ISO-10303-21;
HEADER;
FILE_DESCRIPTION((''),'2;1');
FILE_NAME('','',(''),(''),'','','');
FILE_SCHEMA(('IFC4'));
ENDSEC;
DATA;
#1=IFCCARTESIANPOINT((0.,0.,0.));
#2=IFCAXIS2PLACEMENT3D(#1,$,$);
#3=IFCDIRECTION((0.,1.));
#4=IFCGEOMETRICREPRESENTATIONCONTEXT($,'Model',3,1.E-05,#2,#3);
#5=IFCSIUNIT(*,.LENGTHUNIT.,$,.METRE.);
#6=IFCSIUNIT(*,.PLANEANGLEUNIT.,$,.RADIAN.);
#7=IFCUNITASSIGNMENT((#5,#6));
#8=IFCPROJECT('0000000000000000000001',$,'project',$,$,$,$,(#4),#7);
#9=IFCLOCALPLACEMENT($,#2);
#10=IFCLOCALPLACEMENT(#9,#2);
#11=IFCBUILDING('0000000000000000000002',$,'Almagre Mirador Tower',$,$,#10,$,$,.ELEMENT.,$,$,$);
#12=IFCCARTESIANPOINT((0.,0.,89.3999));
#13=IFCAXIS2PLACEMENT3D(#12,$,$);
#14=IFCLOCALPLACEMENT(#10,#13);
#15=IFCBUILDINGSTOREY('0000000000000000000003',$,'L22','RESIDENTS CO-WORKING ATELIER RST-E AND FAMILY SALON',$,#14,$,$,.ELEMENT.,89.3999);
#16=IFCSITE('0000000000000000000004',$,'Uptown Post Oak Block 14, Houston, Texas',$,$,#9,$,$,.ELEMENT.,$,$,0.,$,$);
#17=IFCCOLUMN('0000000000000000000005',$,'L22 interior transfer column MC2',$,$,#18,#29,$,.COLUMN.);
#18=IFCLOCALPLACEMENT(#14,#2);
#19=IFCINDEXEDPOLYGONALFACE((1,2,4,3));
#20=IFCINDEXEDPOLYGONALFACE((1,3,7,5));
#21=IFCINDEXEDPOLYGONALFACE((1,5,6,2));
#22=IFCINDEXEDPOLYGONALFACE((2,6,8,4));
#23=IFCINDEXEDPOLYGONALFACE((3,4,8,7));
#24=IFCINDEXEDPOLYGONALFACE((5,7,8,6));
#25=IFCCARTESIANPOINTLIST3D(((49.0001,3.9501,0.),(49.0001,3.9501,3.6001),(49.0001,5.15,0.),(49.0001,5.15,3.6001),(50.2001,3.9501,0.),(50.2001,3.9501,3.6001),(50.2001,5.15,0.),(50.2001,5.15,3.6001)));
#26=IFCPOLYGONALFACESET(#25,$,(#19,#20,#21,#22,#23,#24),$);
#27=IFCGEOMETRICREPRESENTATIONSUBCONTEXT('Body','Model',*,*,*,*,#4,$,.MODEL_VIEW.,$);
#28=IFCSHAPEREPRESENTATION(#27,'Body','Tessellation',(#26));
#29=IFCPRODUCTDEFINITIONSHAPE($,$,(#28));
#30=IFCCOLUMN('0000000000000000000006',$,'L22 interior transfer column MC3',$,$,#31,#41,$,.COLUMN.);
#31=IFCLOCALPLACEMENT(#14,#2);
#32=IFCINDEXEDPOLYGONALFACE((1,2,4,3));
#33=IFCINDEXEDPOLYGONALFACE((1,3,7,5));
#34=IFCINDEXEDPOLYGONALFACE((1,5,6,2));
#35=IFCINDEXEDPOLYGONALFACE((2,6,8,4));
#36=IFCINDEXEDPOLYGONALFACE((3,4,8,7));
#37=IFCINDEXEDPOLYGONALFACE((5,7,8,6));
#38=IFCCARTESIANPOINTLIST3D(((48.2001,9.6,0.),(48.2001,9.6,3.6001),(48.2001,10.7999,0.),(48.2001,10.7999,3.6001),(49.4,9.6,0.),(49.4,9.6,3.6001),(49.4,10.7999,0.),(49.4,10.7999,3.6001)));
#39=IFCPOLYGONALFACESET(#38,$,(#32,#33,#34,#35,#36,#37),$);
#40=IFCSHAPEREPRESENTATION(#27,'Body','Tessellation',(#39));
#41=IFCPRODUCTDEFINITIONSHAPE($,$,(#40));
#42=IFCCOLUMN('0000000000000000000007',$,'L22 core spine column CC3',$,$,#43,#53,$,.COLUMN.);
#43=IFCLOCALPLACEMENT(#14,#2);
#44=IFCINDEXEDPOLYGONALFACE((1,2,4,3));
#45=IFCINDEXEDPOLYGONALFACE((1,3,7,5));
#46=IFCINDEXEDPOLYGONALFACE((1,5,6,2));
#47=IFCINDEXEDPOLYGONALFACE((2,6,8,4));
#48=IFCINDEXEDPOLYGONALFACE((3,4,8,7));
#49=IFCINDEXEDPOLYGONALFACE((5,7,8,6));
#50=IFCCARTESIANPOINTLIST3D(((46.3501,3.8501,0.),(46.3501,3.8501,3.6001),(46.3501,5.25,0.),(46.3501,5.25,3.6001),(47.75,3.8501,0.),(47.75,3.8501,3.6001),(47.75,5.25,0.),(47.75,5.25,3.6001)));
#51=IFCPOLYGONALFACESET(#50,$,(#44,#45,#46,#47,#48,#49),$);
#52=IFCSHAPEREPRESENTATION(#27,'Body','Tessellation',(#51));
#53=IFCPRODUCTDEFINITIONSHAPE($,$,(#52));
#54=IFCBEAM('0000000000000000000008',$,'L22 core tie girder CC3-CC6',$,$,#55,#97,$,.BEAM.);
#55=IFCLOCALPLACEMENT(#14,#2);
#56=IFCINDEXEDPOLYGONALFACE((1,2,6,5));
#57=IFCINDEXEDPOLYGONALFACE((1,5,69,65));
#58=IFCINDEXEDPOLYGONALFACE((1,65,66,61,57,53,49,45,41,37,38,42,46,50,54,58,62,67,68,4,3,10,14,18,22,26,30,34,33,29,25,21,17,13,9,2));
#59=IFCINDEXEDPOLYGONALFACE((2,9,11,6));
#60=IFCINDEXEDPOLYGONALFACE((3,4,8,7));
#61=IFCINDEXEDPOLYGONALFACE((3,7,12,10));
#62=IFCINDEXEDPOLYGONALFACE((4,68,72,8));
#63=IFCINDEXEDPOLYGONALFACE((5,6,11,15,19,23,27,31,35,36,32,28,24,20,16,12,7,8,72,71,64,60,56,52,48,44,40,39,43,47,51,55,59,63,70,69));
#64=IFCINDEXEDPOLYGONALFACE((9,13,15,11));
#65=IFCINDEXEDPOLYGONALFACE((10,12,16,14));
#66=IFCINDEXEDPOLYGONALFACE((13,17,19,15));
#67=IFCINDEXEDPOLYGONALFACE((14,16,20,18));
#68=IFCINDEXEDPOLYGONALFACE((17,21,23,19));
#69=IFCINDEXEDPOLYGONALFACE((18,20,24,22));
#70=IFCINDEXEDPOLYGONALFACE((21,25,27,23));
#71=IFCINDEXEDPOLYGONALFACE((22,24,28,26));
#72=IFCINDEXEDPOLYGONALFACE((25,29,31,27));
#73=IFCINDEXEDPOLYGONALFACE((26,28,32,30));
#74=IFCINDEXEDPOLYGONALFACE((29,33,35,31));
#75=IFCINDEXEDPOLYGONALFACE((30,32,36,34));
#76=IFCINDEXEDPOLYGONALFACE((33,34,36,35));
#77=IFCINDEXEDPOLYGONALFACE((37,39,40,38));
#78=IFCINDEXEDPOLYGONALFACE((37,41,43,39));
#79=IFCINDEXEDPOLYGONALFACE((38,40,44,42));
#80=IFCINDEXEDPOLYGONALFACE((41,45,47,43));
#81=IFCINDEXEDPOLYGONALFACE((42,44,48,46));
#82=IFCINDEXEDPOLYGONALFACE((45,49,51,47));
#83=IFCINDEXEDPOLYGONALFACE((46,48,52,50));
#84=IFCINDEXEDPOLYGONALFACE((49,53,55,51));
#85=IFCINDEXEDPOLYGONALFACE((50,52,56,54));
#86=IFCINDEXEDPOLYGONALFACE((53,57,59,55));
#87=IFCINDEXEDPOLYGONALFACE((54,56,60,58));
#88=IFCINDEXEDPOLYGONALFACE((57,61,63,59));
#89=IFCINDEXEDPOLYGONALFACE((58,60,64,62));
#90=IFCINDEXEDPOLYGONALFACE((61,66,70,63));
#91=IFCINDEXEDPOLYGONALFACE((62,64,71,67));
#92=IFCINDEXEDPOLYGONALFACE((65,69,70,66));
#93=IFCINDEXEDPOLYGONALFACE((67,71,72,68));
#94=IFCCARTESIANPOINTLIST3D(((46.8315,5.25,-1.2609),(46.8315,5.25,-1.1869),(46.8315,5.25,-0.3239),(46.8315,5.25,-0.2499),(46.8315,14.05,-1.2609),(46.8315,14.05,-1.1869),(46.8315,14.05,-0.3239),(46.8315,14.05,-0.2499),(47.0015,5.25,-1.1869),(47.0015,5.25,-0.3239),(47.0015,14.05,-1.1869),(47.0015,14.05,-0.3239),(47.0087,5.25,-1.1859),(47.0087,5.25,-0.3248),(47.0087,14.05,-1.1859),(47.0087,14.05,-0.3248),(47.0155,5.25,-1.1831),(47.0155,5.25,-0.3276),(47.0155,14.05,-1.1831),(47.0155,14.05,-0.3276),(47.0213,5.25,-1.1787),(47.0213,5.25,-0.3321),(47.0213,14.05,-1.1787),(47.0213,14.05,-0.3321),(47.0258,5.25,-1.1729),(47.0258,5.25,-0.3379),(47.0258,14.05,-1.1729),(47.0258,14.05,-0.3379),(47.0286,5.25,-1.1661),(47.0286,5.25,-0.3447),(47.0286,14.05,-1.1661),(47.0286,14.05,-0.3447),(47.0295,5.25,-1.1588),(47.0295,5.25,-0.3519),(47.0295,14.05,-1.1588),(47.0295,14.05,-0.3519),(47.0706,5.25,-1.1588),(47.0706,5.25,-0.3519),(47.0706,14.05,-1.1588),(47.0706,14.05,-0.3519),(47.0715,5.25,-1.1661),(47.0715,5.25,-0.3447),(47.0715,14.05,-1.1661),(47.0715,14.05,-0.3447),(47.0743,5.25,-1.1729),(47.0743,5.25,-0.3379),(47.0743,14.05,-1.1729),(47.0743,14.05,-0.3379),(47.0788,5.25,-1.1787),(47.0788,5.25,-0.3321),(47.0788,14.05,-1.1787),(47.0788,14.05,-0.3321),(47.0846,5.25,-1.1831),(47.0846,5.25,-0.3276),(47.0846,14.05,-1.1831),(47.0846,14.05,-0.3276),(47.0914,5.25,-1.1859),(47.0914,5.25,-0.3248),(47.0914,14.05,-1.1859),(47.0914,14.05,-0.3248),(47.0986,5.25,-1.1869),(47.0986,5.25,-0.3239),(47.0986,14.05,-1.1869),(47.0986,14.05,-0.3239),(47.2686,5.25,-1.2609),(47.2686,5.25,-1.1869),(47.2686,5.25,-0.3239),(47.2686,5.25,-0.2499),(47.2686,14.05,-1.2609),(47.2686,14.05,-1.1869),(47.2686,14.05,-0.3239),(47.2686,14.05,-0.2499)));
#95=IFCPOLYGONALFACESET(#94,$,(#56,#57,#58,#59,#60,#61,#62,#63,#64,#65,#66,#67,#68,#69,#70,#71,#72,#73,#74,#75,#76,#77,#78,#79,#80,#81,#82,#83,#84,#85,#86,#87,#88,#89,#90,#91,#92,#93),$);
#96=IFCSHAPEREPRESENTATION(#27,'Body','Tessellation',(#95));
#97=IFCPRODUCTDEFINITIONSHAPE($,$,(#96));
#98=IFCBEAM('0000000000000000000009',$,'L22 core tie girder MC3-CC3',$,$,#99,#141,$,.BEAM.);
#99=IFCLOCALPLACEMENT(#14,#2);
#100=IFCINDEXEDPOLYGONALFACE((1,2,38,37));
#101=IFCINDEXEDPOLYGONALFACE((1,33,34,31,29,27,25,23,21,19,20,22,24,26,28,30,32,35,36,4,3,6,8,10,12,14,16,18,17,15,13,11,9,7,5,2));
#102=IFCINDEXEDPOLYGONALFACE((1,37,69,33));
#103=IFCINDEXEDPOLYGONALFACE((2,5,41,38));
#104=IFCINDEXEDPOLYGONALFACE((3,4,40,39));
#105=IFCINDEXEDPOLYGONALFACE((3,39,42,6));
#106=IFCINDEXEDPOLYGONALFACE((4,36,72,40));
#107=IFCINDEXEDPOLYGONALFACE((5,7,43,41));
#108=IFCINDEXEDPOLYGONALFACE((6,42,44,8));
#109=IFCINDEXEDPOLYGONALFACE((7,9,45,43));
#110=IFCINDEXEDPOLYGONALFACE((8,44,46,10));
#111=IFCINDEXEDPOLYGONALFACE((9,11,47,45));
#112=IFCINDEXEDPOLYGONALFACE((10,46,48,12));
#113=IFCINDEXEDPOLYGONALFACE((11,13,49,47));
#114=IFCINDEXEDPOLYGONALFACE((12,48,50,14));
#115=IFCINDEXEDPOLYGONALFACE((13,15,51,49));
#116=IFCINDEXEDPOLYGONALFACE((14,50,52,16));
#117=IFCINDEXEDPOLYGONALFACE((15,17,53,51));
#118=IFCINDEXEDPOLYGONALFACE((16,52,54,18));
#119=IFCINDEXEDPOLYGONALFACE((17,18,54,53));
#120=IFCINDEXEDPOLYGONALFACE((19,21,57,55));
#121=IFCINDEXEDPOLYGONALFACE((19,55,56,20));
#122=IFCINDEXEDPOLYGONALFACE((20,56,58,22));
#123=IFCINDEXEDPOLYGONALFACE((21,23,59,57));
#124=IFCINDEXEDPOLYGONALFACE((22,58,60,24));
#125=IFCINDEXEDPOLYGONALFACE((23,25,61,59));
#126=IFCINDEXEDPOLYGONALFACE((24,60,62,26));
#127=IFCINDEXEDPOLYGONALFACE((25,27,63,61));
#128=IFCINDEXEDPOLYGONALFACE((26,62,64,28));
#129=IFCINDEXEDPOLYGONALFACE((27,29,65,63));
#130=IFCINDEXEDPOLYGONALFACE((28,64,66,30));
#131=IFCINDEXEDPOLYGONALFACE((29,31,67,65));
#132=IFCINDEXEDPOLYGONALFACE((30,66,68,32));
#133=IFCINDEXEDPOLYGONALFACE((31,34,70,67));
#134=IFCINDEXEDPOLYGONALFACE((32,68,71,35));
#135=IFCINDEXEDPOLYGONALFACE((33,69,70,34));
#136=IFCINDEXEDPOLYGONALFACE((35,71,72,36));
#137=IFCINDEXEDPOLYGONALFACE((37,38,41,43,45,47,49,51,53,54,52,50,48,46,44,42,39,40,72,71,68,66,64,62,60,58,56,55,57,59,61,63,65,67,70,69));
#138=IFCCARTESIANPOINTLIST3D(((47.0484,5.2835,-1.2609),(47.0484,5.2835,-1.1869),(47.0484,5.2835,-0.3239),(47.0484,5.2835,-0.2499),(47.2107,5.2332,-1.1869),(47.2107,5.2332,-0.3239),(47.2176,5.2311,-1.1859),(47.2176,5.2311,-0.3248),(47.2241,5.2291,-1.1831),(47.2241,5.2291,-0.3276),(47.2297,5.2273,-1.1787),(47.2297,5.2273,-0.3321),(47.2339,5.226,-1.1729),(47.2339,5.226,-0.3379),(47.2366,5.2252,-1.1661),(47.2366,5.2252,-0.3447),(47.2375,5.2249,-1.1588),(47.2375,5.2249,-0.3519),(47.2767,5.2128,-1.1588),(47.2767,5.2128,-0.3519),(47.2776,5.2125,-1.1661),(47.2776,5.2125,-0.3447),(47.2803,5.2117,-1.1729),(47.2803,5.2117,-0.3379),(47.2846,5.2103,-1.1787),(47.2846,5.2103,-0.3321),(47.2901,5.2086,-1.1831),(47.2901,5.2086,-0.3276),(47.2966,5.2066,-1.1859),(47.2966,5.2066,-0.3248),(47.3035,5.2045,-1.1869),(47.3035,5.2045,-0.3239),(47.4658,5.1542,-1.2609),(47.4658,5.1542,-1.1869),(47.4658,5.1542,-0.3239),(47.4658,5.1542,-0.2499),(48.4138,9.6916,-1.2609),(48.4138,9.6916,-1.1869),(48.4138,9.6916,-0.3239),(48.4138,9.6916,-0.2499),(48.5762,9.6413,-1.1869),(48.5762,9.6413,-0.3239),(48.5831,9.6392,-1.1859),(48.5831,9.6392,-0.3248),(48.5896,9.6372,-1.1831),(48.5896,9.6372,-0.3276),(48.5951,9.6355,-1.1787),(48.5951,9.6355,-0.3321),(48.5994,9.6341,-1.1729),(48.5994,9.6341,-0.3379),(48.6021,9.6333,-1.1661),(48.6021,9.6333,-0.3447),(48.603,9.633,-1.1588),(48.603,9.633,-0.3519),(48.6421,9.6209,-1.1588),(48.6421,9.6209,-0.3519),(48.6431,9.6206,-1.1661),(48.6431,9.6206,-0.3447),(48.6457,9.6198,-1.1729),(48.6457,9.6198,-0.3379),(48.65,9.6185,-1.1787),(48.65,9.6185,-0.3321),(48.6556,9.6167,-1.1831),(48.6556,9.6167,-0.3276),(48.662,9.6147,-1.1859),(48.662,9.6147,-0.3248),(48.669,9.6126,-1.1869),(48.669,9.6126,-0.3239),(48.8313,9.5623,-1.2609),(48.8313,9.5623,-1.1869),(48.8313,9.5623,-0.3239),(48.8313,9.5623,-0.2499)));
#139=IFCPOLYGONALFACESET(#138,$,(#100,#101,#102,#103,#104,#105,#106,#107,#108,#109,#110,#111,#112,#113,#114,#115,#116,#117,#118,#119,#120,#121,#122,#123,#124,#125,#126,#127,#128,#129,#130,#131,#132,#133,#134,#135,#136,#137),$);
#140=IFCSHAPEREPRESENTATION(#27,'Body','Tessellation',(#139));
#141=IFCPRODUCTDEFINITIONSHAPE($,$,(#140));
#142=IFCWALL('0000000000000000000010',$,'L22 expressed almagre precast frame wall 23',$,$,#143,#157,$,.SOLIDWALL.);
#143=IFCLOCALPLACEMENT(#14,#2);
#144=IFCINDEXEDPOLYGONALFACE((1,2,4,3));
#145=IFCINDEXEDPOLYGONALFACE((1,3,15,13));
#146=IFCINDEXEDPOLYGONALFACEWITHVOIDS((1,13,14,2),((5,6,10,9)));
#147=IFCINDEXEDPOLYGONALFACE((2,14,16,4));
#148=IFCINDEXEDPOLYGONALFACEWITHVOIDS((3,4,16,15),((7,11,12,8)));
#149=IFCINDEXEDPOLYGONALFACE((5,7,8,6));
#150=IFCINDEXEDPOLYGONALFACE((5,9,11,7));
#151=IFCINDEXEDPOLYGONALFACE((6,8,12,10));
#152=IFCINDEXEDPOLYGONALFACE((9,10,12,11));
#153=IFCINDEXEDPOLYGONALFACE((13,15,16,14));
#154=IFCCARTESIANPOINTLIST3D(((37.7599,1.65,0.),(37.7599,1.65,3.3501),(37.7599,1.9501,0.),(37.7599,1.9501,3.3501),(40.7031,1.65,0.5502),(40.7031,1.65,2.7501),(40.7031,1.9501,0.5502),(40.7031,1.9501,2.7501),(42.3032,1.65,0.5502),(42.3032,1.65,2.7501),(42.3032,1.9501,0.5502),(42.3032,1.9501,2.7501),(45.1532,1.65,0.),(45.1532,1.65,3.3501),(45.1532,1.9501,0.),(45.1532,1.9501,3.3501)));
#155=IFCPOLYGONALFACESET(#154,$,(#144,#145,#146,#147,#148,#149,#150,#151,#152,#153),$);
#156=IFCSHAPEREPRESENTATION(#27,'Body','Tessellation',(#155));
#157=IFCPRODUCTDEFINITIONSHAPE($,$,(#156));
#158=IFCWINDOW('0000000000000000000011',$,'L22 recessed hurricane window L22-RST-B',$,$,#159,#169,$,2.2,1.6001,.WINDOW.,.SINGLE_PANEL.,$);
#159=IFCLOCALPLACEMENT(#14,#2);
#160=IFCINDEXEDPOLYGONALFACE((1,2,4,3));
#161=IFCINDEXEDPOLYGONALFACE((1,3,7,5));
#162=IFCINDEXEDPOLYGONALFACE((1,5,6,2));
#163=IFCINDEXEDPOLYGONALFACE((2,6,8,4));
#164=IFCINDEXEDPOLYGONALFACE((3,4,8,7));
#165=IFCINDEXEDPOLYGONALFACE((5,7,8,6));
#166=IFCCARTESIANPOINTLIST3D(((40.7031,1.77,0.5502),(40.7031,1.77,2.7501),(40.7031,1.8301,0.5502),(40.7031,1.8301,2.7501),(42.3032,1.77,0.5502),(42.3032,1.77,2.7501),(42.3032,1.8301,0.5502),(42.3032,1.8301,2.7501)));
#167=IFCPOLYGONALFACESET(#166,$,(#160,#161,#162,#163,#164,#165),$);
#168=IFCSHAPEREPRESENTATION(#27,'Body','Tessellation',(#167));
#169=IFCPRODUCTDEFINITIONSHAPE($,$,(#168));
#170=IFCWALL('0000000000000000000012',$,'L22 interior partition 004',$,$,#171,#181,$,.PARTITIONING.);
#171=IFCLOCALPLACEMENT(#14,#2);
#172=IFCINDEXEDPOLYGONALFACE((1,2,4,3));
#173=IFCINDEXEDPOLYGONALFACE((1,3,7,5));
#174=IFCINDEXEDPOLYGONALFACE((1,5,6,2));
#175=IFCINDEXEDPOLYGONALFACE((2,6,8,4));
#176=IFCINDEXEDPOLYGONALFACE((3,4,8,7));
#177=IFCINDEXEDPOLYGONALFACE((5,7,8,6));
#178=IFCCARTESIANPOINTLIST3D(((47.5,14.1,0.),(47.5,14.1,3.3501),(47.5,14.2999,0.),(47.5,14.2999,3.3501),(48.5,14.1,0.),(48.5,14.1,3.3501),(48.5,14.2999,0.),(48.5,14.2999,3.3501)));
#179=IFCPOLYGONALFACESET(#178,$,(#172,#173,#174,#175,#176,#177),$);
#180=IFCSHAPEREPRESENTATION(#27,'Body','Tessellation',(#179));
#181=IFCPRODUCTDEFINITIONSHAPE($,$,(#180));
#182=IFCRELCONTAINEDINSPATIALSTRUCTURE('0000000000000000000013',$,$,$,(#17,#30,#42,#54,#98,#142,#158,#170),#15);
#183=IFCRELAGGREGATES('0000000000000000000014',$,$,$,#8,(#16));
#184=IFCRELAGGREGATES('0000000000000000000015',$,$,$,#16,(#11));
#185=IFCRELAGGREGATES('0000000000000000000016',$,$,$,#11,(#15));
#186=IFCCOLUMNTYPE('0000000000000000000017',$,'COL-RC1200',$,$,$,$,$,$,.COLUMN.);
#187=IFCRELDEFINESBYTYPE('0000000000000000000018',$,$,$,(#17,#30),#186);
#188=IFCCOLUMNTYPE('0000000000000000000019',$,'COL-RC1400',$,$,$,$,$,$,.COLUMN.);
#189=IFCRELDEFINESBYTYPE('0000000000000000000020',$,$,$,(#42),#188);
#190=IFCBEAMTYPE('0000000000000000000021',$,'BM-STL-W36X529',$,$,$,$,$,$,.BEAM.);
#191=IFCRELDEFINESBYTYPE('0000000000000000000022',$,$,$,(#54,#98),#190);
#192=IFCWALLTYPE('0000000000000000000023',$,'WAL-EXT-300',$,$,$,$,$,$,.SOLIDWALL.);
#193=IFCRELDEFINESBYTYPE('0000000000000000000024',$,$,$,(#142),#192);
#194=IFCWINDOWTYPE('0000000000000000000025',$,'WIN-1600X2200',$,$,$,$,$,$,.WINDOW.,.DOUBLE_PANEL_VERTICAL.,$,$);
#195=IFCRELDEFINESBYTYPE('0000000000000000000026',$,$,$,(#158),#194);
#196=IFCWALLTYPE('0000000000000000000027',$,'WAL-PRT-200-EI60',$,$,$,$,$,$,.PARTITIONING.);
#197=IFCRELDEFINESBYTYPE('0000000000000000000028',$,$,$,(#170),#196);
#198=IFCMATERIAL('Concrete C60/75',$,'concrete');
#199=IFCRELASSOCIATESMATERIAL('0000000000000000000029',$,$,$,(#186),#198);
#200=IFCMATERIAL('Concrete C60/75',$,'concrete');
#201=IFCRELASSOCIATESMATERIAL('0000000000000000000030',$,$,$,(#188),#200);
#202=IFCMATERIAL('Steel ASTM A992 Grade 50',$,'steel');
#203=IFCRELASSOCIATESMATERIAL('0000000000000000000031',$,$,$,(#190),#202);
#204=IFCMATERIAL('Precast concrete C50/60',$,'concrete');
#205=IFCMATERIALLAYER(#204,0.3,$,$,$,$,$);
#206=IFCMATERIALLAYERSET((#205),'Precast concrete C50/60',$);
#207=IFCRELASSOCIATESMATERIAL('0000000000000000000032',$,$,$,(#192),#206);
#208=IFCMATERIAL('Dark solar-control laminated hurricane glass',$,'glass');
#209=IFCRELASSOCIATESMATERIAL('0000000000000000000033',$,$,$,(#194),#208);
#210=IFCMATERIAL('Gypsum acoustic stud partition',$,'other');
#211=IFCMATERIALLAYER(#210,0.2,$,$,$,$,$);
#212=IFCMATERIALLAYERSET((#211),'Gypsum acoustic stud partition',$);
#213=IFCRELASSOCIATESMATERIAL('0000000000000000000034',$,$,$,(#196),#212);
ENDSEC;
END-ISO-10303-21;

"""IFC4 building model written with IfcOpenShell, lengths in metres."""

from ifc_helpers import new_model, si_unit, direction, frame, frame_2d, origin, origin_2d, place, context, subcontext, project, spatial, rectangle, i_section, extrude, material, layer, layer_set, material_profile, profile_set, type_object, element, fill, save


model = new_model("IFC4")

# Units and contexts
model_context = context("Model", 3, precision=1e-05, world=origin(), true_north=direction((0.0, 1.0)))
body_context = subcontext(model_context, "Body", "Model", "MODEL_VIEW")
ifc_project = project(units=[si_unit("LENGTHUNIT", "METRE"), si_unit("PLANEANGLEUNIT", "RADIAN")], contexts=[model_context])

# Site, building, storey
site_placement = place(None, origin())
site = spatial("IfcSite", under=ifc_project, at=site_placement, Name="Uptown Post Oak Block 14, Houston, Texas", CompositionType="ELEMENT", RefElevation=0.0)
building_placement = place(site_placement, origin())
building = spatial("IfcBuilding", under=site, at=building_placement, Name="Almagre Mirador Tower", CompositionType="ELEMENT")
storey_placement = place(building_placement, frame((0.0, 0.0, 89.3999)))
storey = spatial("IfcBuildingStorey", under=building, at=storey_placement, Name="L22", Description="RESIDENTS CO-WORKING ATELIER RST-E AND FAMILY SALON", CompositionType="ELEMENT", Elevation=89.3999)

# Columns
ifc_material_1 = material(Name="Concrete C60/75", Category="concrete")
ifc_material_profile_1 = material_profile(ifc_material_1, rectangle(XDim=1.2, YDim=1.2, at=origin_2d()), Name="RC1200X1200")
ifc_profile_set_1 = profile_set([ifc_material_profile_1], Name="Concrete C60/75")
column_type_1 = type_object("IfcColumnType", Name="COL-RC1200", PredefinedType="COLUMN", material=ifc_profile_set_1)
for number, where, z_axis, x_axis, name in (
    (1, (49.6001, 4.55, 0.0), (0.0, 0.0, 1.0), (1.0, 0.0, 0.0), "L22 interior transfer column MC2"),
    (2, (48.8, 10.2, 0.0), (0.0, 0.0, 1.0), (1.0, 0.0, 0.0), "L22 interior transfer column MC3"),
):
    element("IfcColumn", number, at=place(storey_placement, frame(where, z_axis=z_axis, x_axis=x_axis)), inside=storey, type_object=column_type_1, Name=name, PredefinedType="COLUMN", context=body_context, shape_type="SweptSolid", body=[
        extrude(rectangle(XDim=1.2, YDim=1.2, at=origin_2d()), origin(), (0.0, 0.0, 1.0), 3.6001),
    ])
ifc_material_2 = material(Name="Concrete C60/75", Category="concrete")
ifc_material_profile_2 = material_profile(ifc_material_2, rectangle(XDim=1.3999, YDim=1.3999, at=origin_2d()), Name="RC1400X1400")
ifc_profile_set_2 = profile_set([ifc_material_profile_2], Name="Concrete C60/75")
column_type_2 = type_object("IfcColumnType", Name="COL-RC1400", PredefinedType="COLUMN", material=ifc_profile_set_2)
column_placement = place(storey_placement, frame((47.05, 4.55, 0.0), z_axis=(0.0, 0.0, 1.0), x_axis=(1.0, 0.0, 0.0)))
element("IfcColumn", 3, at=column_placement, inside=storey, type_object=column_type_2, Name="L22 core spine column CC3", PredefinedType="COLUMN", context=body_context, shape_type="SweptSolid", body=[
    extrude(rectangle(XDim=1.3999, YDim=1.3999, at=origin_2d()), origin(), (0.0, 0.0, 1.0), 3.6001),
])

# Beams
ifc_material_3 = material(Name="Steel ASTM A992 Grade 50", Category="steel")
ifc_material_profile_3 = material_profile(ifc_material_3, i_section(OverallWidth=0.437, OverallDepth=1.011, WebThickness=0.041, FlangeThickness=0.074, FilletRadius=0.0281, at=origin_2d()), Name="W36X529")
ifc_profile_set_3 = profile_set([ifc_material_profile_3], Name="Steel ASTM A992 Grade 50")
beam_type = type_object("IfcBeamType", Name="BM-STL-W36X529", PredefinedType="BEAM", material=ifc_profile_set_3)
beam_1_placement = place(storey_placement, frame((47.05, 5.25, -0.7554), z_axis=(0.0, 1.0, 0.0), x_axis=(-1.0, 0.0, 0.0)))
element("IfcBeam", 4, at=beam_1_placement, inside=storey, type_object=beam_type, Name="L22 core tie girder CC3-CC6", PredefinedType="BEAM", context=body_context, shape_type="SweptSolid", body=[
    extrude(i_section(OverallWidth=0.437, OverallDepth=1.011, WebThickness=0.041, FlangeThickness=0.074, FilletRadius=0.0281, at=origin_2d()), origin(), (0.0, 0.0, 1.0), 8.8),
])
beam_2_placement = place(storey_placement, frame((48.6226, 9.627, -0.7554), z_axis=(-0.295888, -0.955223, 0.0), x_axis=(0.955223, -0.295888, 0.0)))
element("IfcBeam", 5, at=beam_2_placement, inside=storey, type_object=beam_type, Name="L22 core tie girder MC3-CC3", PredefinedType="BEAM", context=body_context, shape_type="SweptSolid", body=[
    extrude(i_section(OverallWidth=0.437, OverallDepth=1.011, WebThickness=0.041, FlangeThickness=0.074, FilletRadius=0.0281, at=origin_2d()), origin(), (0.0, 0.0, 1.0), 4.6147),
])

# Wall, opening, window
ifc_material_4 = material(Name="Precast concrete C50/60", Category="concrete")
ifc_layer_1 = layer(ifc_material_4, 0.3)
ifc_layer_set_1 = layer_set([ifc_layer_1], Name="Precast concrete C50/60")
wall_type_1 = type_object("IfcWallType", Name="WAL-EXT-300", PredefinedType="SOLIDWALL", material=ifc_layer_set_1)
wall_1_placement = place(storey_placement, frame((45.1533, 1.8, 0.0), z_axis=(0.0, 0.0, 1.0), x_axis=(-1.0, 0.0, 0.0)))
wall_1 = element("IfcWall", 6, at=wall_1_placement, inside=storey, type_object=wall_type_1, Name="L22 expressed almagre precast frame wall 23", PredefinedType="SOLIDWALL", context=body_context, shape_type="SweptSolid", body=[
    extrude(rectangle(XDim=7.3933, YDim=0.3, at=frame_2d((3.6968, 0.0))), origin(), (0.0, 0.0, 1.0), 3.3501),
])
opening_placement = place(wall_1_placement, frame((2.8501, 0.0, 0.55)))
opening = element("IfcOpeningElement", 7, at=opening_placement, cuts=wall_1, PredefinedType="OPENING", context=body_context, shape_type="SweptSolid", body=[
    extrude(rectangle(XDim=1.6001, YDim=2.2, at=frame_2d((0.8, 1.1001))), frame((0.0, 0.1599, 0.0), z_axis=(0.0, -1.0, 0.0), x_axis=(1.0, 0.0, 0.0)), (0.0, 0.0, 1.0), 0.32),
])
ifc_material_5 = material(Name="Dark solar-control laminated hurricane glass", Category="glass")
window_type = type_object("IfcWindowType", Name="WIN-1600X2200", PartitioningType="DOUBLE_PANEL_VERTICAL", PredefinedType="WINDOW", material=ifc_material_5)
window_placement = place(opening_placement, origin())
window = element("IfcWindow", 8, at=window_placement, inside=storey, type_object=window_type, Name="L22 recessed hurricane window L22-RST-B", OverallHeight=2.2, OverallWidth=1.6001, PartitioningType="SINGLE_PANEL", PredefinedType="WINDOW", context=body_context, shape_type="SweptSolid", body=[
    extrude(rectangle(XDim=1.6001, YDim=2.2, at=frame_2d((0.8, 1.1001))), frame((0.0, 0.03, 0.0), z_axis=(0.0, -1.0, 0.0), x_axis=(1.0, 0.0, 0.0)), (0.0, 0.0, 1.0), 0.0601),
])
fill(opening, window)

# Wall
ifc_material_6 = material(Name="Gypsum acoustic stud partition", Category="other")
ifc_layer_2 = layer(ifc_material_6, 0.2)
ifc_layer_set_2 = layer_set([ifc_layer_2], Name="Gypsum acoustic stud partition")
wall_type_2 = type_object("IfcWallType", Name="WAL-PRT-200-EI60", PredefinedType="PARTITIONING", material=ifc_layer_set_2)
wall_2_placement = place(storey_placement, frame((47.5, 14.2, 0.0), z_axis=(0.0, 0.0, 1.0), x_axis=(1.0, 0.0, 0.0)))
element("IfcWall", 9, at=wall_2_placement, inside=storey, type_object=wall_type_2, Name="L22 interior partition 004", PredefinedType="PARTITIONING", context=body_context, shape_type="SweptSolid", body=[
    extrude(rectangle(XDim=1.0, YDim=0.2, at=frame_2d((0.5, 0.0))), origin(), (0.0, 0.0, 1.0), 3.3501),
])

save(model, "model.ifc")
